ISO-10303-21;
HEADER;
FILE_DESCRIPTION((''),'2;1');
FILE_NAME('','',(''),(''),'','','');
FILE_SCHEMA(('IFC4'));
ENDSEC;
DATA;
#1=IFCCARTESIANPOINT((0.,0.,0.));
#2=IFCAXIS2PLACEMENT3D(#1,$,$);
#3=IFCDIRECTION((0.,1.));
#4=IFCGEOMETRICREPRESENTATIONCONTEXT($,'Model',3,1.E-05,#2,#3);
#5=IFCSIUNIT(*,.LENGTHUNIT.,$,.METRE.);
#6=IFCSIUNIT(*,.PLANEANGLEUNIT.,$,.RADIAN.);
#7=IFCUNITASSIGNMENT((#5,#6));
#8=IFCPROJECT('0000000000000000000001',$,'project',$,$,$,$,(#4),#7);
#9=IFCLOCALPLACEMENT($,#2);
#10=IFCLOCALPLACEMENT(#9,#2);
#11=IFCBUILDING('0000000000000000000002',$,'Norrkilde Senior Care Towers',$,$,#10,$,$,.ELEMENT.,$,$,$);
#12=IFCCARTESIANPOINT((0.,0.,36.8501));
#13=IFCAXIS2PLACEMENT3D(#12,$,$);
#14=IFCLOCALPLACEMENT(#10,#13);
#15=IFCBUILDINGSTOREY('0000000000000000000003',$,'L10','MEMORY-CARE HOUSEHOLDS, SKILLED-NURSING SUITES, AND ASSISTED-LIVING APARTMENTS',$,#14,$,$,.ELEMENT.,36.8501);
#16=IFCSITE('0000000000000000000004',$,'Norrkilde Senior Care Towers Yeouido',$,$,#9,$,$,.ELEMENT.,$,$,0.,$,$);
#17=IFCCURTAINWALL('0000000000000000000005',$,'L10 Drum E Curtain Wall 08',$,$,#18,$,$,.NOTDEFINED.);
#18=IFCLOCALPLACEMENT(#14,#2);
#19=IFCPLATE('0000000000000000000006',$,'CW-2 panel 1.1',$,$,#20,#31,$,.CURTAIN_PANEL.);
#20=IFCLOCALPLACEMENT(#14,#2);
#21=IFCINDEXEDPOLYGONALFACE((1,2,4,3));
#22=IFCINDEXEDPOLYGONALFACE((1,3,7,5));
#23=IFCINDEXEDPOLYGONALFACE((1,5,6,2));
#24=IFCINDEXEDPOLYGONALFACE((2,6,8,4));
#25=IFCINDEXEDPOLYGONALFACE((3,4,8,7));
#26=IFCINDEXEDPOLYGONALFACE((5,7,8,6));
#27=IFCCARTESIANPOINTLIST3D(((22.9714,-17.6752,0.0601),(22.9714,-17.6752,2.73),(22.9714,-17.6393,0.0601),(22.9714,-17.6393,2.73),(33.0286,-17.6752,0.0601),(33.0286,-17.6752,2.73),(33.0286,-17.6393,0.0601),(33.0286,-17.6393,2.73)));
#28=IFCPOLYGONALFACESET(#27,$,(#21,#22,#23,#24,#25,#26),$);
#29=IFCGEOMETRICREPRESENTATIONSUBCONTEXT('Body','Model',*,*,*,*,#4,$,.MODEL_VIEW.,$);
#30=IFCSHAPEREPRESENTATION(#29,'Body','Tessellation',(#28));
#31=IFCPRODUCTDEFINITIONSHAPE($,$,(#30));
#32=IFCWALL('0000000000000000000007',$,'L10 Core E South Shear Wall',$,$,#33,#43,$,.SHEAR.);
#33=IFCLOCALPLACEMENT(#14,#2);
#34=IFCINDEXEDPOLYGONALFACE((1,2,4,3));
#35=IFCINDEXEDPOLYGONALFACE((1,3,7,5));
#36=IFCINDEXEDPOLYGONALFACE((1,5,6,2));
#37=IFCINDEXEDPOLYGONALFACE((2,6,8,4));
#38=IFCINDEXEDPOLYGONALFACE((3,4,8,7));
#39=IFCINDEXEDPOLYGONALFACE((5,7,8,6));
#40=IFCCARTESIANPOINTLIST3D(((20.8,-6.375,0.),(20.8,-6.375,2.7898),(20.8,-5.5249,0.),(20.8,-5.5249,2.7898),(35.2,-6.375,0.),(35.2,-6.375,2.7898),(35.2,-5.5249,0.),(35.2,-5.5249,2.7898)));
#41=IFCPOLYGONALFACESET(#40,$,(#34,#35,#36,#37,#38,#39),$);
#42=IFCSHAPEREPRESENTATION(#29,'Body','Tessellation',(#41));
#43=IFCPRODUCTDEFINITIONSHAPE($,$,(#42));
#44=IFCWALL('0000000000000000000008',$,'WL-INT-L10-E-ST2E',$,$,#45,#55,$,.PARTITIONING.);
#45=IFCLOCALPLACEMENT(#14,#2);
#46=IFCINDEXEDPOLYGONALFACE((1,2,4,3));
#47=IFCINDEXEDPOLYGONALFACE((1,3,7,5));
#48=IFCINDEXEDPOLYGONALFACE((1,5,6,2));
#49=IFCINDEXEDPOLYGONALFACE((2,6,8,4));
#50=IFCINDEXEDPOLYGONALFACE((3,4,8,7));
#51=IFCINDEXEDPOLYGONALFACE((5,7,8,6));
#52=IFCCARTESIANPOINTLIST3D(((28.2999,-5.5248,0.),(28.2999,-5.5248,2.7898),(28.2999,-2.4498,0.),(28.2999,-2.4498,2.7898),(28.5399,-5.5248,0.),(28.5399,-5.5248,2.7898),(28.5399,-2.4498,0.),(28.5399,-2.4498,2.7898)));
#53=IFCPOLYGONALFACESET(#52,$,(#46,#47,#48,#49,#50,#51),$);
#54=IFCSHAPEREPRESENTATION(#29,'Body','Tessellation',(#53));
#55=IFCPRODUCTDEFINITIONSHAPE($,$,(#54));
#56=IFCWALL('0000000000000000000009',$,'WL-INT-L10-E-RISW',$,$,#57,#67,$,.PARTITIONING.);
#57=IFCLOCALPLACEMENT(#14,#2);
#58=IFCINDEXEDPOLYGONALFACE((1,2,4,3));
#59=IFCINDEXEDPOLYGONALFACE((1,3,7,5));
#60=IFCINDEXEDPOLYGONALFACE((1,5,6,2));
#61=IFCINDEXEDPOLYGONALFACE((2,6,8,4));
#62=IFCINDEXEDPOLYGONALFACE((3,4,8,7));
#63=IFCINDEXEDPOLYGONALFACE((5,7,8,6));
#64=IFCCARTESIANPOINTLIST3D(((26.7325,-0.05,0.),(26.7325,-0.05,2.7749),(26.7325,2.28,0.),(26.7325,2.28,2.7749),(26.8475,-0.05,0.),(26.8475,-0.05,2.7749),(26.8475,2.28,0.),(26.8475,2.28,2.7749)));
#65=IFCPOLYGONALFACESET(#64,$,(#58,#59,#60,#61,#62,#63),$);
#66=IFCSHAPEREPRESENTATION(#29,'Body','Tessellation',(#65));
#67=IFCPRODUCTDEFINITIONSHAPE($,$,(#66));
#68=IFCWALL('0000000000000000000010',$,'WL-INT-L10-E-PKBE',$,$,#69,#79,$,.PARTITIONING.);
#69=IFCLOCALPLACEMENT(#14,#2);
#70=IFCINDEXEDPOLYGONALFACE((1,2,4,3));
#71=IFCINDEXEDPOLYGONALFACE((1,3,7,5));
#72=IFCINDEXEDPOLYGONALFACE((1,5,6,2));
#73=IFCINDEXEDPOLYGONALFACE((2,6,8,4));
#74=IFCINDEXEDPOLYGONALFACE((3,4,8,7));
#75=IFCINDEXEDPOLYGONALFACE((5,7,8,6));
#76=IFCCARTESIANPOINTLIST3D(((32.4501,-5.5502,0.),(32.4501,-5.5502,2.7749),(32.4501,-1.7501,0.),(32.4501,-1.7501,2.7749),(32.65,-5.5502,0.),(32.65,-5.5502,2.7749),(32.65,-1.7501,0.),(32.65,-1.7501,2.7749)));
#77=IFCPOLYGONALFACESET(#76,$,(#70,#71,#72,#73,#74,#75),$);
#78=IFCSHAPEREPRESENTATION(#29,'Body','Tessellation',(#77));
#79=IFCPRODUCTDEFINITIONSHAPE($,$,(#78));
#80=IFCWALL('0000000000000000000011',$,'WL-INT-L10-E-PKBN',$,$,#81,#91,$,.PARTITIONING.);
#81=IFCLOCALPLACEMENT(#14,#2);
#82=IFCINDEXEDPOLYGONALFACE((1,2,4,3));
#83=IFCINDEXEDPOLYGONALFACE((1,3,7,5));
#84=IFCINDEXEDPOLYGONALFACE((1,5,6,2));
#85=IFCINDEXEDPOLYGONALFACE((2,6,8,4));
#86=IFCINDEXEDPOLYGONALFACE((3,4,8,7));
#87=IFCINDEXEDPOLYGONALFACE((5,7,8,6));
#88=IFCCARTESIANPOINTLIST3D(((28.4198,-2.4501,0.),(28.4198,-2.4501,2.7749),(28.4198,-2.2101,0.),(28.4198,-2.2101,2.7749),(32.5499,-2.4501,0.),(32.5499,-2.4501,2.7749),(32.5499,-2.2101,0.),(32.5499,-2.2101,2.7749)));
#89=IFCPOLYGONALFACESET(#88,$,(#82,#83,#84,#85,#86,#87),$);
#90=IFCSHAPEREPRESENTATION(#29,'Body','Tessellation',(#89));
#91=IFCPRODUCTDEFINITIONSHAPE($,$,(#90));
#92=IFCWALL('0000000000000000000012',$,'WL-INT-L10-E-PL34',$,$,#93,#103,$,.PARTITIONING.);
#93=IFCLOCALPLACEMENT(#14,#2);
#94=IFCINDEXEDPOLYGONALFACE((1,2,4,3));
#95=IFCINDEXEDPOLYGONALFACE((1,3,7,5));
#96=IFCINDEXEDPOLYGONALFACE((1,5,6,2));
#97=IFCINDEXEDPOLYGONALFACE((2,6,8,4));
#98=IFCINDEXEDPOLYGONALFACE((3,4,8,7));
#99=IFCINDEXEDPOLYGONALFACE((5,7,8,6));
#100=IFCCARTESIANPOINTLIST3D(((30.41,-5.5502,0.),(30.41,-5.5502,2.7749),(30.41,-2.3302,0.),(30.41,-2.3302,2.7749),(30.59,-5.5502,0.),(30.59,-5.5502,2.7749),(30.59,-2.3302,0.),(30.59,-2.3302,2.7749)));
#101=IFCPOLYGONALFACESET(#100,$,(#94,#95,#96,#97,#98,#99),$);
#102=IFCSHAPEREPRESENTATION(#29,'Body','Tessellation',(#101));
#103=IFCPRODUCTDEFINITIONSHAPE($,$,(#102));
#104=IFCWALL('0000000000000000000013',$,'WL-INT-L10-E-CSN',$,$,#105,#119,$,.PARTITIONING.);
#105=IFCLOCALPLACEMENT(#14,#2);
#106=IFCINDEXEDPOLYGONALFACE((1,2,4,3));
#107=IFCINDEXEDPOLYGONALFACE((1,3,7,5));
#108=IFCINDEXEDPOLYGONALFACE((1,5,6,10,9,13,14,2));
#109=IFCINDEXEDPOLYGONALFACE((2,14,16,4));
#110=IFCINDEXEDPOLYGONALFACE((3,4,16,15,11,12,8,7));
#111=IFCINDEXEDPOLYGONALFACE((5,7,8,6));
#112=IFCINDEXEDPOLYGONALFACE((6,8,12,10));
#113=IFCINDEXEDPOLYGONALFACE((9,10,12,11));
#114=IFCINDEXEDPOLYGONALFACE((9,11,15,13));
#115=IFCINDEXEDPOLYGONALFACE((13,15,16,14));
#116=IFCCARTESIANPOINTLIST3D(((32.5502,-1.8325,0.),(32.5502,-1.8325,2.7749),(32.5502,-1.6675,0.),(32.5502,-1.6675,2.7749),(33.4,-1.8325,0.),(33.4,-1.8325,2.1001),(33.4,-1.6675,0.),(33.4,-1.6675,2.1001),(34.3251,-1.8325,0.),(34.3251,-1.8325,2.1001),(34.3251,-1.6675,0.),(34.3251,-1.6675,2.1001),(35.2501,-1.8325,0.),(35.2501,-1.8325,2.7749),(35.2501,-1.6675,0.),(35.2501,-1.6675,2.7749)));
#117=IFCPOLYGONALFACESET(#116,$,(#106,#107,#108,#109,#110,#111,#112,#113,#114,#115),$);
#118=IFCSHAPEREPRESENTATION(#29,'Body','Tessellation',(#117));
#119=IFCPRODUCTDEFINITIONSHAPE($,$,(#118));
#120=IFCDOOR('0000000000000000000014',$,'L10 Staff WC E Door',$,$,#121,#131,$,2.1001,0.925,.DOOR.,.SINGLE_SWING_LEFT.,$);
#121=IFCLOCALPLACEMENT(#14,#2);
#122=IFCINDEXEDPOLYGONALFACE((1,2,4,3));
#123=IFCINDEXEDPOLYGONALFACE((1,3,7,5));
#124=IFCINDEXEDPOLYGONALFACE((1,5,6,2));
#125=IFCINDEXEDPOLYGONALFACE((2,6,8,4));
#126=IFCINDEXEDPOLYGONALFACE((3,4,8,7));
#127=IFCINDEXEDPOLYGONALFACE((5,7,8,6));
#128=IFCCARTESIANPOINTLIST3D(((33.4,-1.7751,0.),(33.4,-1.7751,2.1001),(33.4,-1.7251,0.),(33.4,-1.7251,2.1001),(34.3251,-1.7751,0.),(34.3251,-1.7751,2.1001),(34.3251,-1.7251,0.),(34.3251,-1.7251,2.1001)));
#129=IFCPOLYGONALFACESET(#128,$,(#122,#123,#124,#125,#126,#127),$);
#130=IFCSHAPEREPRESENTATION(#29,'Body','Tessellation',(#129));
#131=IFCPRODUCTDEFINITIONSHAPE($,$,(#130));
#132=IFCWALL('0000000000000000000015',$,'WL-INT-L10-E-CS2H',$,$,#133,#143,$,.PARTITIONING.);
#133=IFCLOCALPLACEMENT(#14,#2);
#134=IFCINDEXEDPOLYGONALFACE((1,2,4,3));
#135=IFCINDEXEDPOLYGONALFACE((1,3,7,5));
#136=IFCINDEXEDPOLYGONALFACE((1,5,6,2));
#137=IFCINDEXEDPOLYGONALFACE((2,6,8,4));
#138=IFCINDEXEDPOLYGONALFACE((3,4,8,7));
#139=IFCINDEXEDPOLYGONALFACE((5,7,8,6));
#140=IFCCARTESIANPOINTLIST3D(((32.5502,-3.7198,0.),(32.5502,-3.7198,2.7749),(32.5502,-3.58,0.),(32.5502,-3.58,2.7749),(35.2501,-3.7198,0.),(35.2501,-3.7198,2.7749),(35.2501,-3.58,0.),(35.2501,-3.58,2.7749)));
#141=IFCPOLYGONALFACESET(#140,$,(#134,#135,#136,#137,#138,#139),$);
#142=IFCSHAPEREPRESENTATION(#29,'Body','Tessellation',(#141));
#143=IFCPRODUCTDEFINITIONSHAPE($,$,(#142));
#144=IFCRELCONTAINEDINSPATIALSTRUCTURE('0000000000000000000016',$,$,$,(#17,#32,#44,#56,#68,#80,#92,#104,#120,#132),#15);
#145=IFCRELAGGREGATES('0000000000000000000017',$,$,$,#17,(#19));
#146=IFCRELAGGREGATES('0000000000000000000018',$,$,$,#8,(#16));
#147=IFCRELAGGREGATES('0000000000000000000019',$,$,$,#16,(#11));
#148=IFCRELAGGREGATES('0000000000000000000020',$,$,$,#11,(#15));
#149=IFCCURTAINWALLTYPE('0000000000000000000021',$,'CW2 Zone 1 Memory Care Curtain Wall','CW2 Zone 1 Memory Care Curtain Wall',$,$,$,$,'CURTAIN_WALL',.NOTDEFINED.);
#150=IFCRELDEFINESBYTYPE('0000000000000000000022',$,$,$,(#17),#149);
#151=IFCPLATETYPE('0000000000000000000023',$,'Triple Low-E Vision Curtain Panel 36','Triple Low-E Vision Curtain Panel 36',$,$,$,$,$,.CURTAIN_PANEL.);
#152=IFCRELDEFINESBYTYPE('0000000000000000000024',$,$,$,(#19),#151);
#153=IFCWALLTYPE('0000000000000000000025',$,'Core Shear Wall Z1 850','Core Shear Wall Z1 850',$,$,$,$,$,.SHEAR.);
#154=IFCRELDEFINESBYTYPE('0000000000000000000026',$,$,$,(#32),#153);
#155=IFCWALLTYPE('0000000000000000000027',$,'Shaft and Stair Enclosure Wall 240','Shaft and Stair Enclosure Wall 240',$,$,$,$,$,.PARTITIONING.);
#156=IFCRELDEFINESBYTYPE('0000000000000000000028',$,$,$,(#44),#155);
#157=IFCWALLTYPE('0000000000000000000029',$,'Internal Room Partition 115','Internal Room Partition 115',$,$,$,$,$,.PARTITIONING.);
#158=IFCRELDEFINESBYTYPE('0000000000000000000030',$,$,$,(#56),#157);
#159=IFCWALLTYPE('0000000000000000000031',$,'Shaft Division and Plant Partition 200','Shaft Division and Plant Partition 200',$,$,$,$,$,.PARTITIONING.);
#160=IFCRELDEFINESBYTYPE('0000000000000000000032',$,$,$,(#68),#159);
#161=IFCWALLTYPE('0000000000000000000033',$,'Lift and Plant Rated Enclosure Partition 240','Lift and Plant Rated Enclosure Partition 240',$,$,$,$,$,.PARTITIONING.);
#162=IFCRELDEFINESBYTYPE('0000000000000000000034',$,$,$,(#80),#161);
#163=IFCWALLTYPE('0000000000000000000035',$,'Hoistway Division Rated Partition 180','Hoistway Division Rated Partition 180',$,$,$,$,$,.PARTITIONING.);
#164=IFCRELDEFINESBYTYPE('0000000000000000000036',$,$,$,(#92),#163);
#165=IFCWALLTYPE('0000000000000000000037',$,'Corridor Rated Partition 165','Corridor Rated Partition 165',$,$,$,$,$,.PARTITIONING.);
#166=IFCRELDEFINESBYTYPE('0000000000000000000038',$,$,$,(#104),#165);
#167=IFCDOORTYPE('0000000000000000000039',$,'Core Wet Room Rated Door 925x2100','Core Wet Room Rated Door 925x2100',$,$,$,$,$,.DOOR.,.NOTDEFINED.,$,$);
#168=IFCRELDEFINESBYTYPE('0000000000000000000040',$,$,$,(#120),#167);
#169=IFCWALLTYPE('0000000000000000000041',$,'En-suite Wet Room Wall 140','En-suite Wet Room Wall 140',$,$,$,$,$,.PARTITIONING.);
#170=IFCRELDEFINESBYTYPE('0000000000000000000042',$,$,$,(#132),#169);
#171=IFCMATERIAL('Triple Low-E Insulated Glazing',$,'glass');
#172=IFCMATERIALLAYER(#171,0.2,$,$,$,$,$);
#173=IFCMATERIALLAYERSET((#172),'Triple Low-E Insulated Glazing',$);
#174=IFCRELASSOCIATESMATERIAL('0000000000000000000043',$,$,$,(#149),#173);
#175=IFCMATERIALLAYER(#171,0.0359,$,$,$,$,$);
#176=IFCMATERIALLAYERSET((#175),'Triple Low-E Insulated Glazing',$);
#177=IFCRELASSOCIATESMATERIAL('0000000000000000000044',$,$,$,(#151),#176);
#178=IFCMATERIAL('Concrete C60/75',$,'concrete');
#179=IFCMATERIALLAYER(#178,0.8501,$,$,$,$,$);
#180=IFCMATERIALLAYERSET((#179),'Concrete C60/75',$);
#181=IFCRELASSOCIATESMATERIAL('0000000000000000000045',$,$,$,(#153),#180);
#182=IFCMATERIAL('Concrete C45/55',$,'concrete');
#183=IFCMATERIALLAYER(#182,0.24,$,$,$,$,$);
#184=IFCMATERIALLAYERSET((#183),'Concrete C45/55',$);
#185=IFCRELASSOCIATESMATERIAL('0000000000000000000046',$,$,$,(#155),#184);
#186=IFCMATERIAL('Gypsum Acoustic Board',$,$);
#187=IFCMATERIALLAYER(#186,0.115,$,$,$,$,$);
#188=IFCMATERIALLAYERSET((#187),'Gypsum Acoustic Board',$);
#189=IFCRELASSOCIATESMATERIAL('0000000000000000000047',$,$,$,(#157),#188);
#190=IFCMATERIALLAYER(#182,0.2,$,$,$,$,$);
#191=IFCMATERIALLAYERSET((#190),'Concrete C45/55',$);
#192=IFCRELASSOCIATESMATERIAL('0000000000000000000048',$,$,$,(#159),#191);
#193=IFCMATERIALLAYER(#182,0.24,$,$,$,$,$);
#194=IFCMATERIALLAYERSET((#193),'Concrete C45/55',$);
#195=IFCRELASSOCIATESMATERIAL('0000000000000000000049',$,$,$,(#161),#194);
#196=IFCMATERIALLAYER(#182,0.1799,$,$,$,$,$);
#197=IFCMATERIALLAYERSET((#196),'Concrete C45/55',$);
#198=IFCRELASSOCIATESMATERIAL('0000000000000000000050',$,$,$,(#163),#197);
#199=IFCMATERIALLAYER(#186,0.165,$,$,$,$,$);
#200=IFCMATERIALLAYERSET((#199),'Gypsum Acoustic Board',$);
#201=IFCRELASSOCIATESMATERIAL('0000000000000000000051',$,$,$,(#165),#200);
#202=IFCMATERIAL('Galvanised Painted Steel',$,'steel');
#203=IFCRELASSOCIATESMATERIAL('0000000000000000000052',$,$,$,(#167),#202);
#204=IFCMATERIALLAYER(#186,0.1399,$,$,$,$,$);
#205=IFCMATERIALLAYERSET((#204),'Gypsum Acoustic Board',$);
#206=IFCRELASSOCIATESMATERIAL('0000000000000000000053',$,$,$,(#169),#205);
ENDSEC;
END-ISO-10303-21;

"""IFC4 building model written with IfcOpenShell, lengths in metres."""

from ifc_helpers import new_model, si_unit, direction, frame, frame_2d, origin, origin_2d, place, context, subcontext, project, spatial, rectangle, extrude, source, transform, mapped, material, layer, layer_set, type_object, type_shapes, element, fill, aggregate, save


model = new_model("IFC4")

# Units and contexts
model_context = context("Model", 3, precision=1e-05, world=origin(), true_north=direction((0.0, 1.0)))
body_context = subcontext(model_context, "Body", "Model", "MODEL_VIEW")
ifc_project = project(units=[si_unit("LENGTHUNIT", "METRE"), si_unit("PLANEANGLEUNIT", "RADIAN")], contexts=[model_context])

# Site, building, storey
site_placement = place(None, origin())
site = spatial("IfcSite", under=ifc_project, at=site_placement, Name="Norrkilde Senior Care Towers Yeouido", CompositionType="ELEMENT", RefElevation=0.0)
building_placement = place(site_placement, origin())
building = spatial("IfcBuilding", under=site, at=building_placement, Name="Norrkilde Senior Care Towers", CompositionType="ELEMENT")
storey_placement = place(building_placement, frame((0.0, 0.0, 36.8501)))
storey = spatial("IfcBuildingStorey", under=building, at=storey_placement, Name="L10", Description="MEMORY-CARE HOUSEHOLDS, SKILLED-NURSING SUITES, AND ASSISTED-LIVING APARTMENTS", CompositionType="ELEMENT", Elevation=36.8501)

# Shared definitions
ifc_material_1 = material(Name="Concrete C60/75", Category="concrete")

# Curtain wall, plate
ifc_material_2 = material(Name="Triple Low-E Insulated Glazing", Category="glass")
ifc_layer_1 = layer(ifc_material_2, 0.2)
ifc_layer_set_1 = layer_set([ifc_layer_1], Name="Triple Low-E Insulated Glazing")
curtain_wall_type = type_object("IfcCurtainWallType", Name="CW2 Zone 1 Memory Care Curtain Wall", Description="CW2 Zone 1 Memory Care Curtain Wall", ElementType="CURTAIN_WALL", PredefinedType="NOTDEFINED", material=ifc_layer_set_1)
curtain_wall_placement = place(storey_placement, origin())
curtain_wall = element("IfcCurtainWall", 1, at=curtain_wall_placement, inside=storey, type_object=curtain_wall_type, Name="L10 Drum E Curtain Wall 08", PredefinedType="NOTDEFINED")
ifc_layer_2 = layer(ifc_material_2, 0.0359)
ifc_layer_set_2 = layer_set([ifc_layer_2], Name="Triple Low-E Insulated Glazing")
plate_type = type_object("IfcPlateType", Name="Triple Low-E Vision Curtain Panel 36", Description="Triple Low-E Vision Curtain Panel 36", PredefinedType="CURTAIN_PANEL", material=ifc_layer_set_2)
shared_shape_1 = source(origin(), body_context, "Body", "SweptSolid", [
    extrude(rectangle(XDim=10.0571, YDim=0.0359, at=origin_2d()), origin(), (0.0, 0.0, 1.0), 2.6699),
])
type_shapes(plate_type, [shared_shape_1])
plate_placement = place(storey_placement, frame((28.0, -17.6572, 0.0601), z_axis=(0.0, 0.0, 1.0), x_axis=(-1.0, 0.0, 0.0)))
plate = element("IfcPlate", 2, at=plate_placement, type_object=plate_type, Name="CW-2 panel 1.1", PredefinedType="CURTAIN_PANEL", context=body_context, shape_type="MappedRepresentation", body=[
    mapped(shared_shape_1, transform((0.0, 0.0, 0.0), x_axis=(1.0, 0.0, 0.0), y_axis=(0.0, 1.0, 0.0), z_axis=(0.0, 0.0, 1.0), scale=1.0)),
])
aggregate(curtain_wall, [plate])

# Walls
ifc_layer_3 = layer(ifc_material_1, 0.8501)
ifc_layer_set_3 = layer_set([ifc_layer_3], Name="Concrete C60/75")
wall_type_1 = type_object("IfcWallType", Name="Core Shear Wall Z1 850", Description="Core Shear Wall Z1 850", PredefinedType="SHEAR", material=ifc_layer_set_3)
shared_shape_2 = source(origin(), body_context, "Body", "SweptSolid", [
    extrude(rectangle(XDim=14.3999, YDim=0.8501, at=frame_2d((7.2, 0.0))), origin(), (0.0, 0.0, 1.0), 2.7898),
])
type_shapes(wall_type_1, [shared_shape_2])
wall_1_placement = place(storey_placement, frame((35.2, -5.95, 0.0), z_axis=(0.0, 0.0, 1.0), x_axis=(-1.0, 0.0, 0.0)))
element("IfcWall", 3, at=wall_1_placement, inside=storey, type_object=wall_type_1, Name="L10 Core E South Shear Wall", PredefinedType="SHEAR", context=body_context, shape_type="MappedRepresentation", body=[
    mapped(shared_shape_2, transform((0.0, 0.0, 0.0), x_axis=(1.0, 0.0, 0.0), y_axis=(0.0, 1.0, 0.0), z_axis=(0.0, 0.0, 1.0), scale=1.0)),
])
ifc_material_3 = material(Name="Concrete C45/55", Category="concrete")
ifc_layer_4 = layer(ifc_material_3, 0.24)
ifc_layer_set_4 = layer_set([ifc_layer_4], Name="Concrete C45/55")
wall_type_2 = type_object("IfcWallType", Name="Shaft and Stair Enclosure Wall 240", Description="Shaft and Stair Enclosure Wall 240", PredefinedType="PARTITIONING", material=ifc_layer_set_4)
shared_shape_3 = source(origin(), body_context, "Body", "SweptSolid", [
    extrude(rectangle(XDim=3.075, YDim=0.24, at=frame_2d((1.5376, 0.0))), origin(), (0.0, 0.0, 1.0), 2.7898),
])
type_shapes(wall_type_2, [shared_shape_3])
wall_2_placement = place(storey_placement, frame((28.4199, -5.5249, 0.0), z_axis=(0.0, 0.0, 1.0), x_axis=(0.0, 1.0, 0.0)))
element("IfcWall", 4, at=wall_2_placement, inside=storey, type_object=wall_type_2, Name="WL-INT-L10-E-ST2E", PredefinedType="PARTITIONING", context=body_context, shape_type="MappedRepresentation", body=[
    mapped(shared_shape_3, transform((0.0, 0.0, 0.0), x_axis=(1.0, 0.0, 0.0), y_axis=(0.0, 1.0, 0.0), z_axis=(0.0, 0.0, 1.0), scale=1.0)),
])
ifc_material_4 = material(Name="Gypsum Acoustic Board")
ifc_layer_5 = layer(ifc_material_4, 0.115)
ifc_layer_set_5 = layer_set([ifc_layer_5], Name="Gypsum Acoustic Board")
wall_type_3 = type_object("IfcWallType", Name="Internal Room Partition 115", Description="Internal Room Partition 115", PredefinedType="PARTITIONING", material=ifc_layer_set_5)
shared_shape_4 = source(origin(), body_context, "Body", "SweptSolid", [
    extrude(rectangle(XDim=2.3301, YDim=0.115, at=frame_2d((1.165, 0.0))), origin(), (0.0, 0.0, 1.0), 2.7749),
])
wall_3_placement = place(storey_placement, frame((26.79, -0.05, 0.0), z_axis=(0.0, 0.0, 1.0), x_axis=(0.0, 1.0, 0.0)))
element("IfcWall", 5, at=wall_3_placement, inside=storey, type_object=wall_type_3, Name="WL-INT-L10-E-RISW", PredefinedType="PARTITIONING", context=body_context, shape_type="MappedRepresentation", body=[
    mapped(shared_shape_4, transform((0.0, 0.0, 0.0), x_axis=(1.0, 0.0, 0.0), y_axis=(0.0, 1.0, 0.0), z_axis=(0.0, 0.0, 1.0), scale=1.0)),
])
ifc_layer_6 = layer(ifc_material_3, 0.2)
ifc_layer_set_6 = layer_set([ifc_layer_6], Name="Concrete C45/55")
wall_type_4 = type_object("IfcWallType", Name="Shaft Division and Plant Partition 200", Description="Shaft Division and Plant Partition 200", PredefinedType="PARTITIONING", material=ifc_layer_set_6)
shared_shape_5 = source(origin(), body_context, "Body", "SweptSolid", [
    extrude(rectangle(XDim=3.8, YDim=0.2, at=frame_2d((1.8999, 0.0))), origin(), (0.0, 0.0, 1.0), 2.7749),
])
type_shapes(wall_type_4, [shared_shape_5])
wall_4_placement = place(storey_placement, frame((32.55, -5.55, 0.0), z_axis=(0.0, 0.0, 1.0), x_axis=(0.0, 1.0, 0.0)))
element("IfcWall", 6, at=wall_4_placement, inside=storey, type_object=wall_type_4, Name="WL-INT-L10-E-PKBE", PredefinedType="PARTITIONING", context=body_context, shape_type="MappedRepresentation", body=[
    mapped(shared_shape_5, transform((0.0, 0.0, 0.0), x_axis=(1.0, 0.0, 0.0), y_axis=(0.0, 1.0, 0.0), z_axis=(0.0, 0.0, 1.0), scale=1.0)),
])
ifc_layer_7 = layer(ifc_material_3, 0.24)
ifc_layer_set_7 = layer_set([ifc_layer_7], Name="Concrete C45/55")
wall_type_5 = type_object("IfcWallType", Name="Lift and Plant Rated Enclosure Partition 240", Description="Lift and Plant Rated Enclosure Partition 240", PredefinedType="PARTITIONING", material=ifc_layer_set_7)
shared_shape_6 = source(origin(), body_context, "Body", "SweptSolid", [
    extrude(rectangle(XDim=4.1301, YDim=0.24, at=frame_2d((2.0649, 0.0))), origin(), (0.0, 0.0, 1.0), 2.7749),
])
type_shapes(wall_type_5, [shared_shape_6])
wall_5_placement = place(storey_placement, frame((28.4199, -2.3301, 0.0), z_axis=(0.0, 0.0, 1.0), x_axis=(1.0, 0.0, 0.0)))
element("IfcWall", 7, at=wall_5_placement, inside=storey, type_object=wall_type_5, Name="WL-INT-L10-E-PKBN", PredefinedType="PARTITIONING", context=body_context, shape_type="MappedRepresentation", body=[
    mapped(shared_shape_6, transform((0.0, 0.0, 0.0), x_axis=(1.0, 0.0, 0.0), y_axis=(0.0, 1.0, 0.0), z_axis=(0.0, 0.0, 1.0), scale=1.0)),
])
ifc_layer_8 = layer(ifc_material_3, 0.1799)
ifc_layer_set_8 = layer_set([ifc_layer_8], Name="Concrete C45/55")
wall_type_6 = type_object("IfcWallType", Name="Hoistway Division Rated Partition 180", Description="Hoistway Division Rated Partition 180", PredefinedType="PARTITIONING", material=ifc_layer_set_8)
shared_shape_7 = source(origin(), body_context, "Body", "SweptSolid", [
    extrude(rectangle(XDim=3.22, YDim=0.1799, at=frame_2d((1.6099, 0.0))), origin(), (0.0, 0.0, 1.0), 2.7749),
])
type_shapes(wall_type_6, [shared_shape_7])
wall_6_placement = place(storey_placement, frame((30.5, -5.55, 0.0), z_axis=(0.0, 0.0, 1.0), x_axis=(0.0, 1.0, 0.0)))
element("IfcWall", 8, at=wall_6_placement, inside=storey, type_object=wall_type_6, Name="WL-INT-L10-E-PL34", PredefinedType="PARTITIONING", context=body_context, shape_type="MappedRepresentation", body=[
    mapped(shared_shape_7, transform((0.0, 0.0, 0.0), x_axis=(1.0, 0.0, 0.0), y_axis=(0.0, 1.0, 0.0), z_axis=(0.0, 0.0, 1.0), scale=1.0)),
])

# Wall, opening, door
ifc_layer_9 = layer(ifc_material_4, 0.165)
ifc_layer_set_9 = layer_set([ifc_layer_9], Name="Gypsum Acoustic Board")
wall_type_7 = type_object("IfcWallType", Name="Corridor Rated Partition 165", Description="Corridor Rated Partition 165", PredefinedType="PARTITIONING", material=ifc_layer_set_9)
shared_shape_8 = source(origin(), body_context, "Body", "SweptSolid", [
    extrude(rectangle(XDim=2.7, YDim=0.165, at=frame_2d((1.3501, 0.0))), origin(), (0.0, 0.0, 1.0), 2.7749),
])
type_shapes(wall_type_7, [shared_shape_8])
wall_7_placement = place(storey_placement, frame((32.55, -1.75, 0.0), z_axis=(0.0, 0.0, 1.0), x_axis=(1.0, 0.0, 0.0)))
wall_7 = element("IfcWall", 9, at=wall_7_placement, inside=storey, type_object=wall_type_7, Name="WL-INT-L10-E-CSN", PredefinedType="PARTITIONING", context=body_context, shape_type="MappedRepresentation", body=[
    mapped(shared_shape_8, transform((0.0, 0.0, 0.0), x_axis=(1.0, 0.0, 0.0), y_axis=(0.0, 1.0, 0.0), z_axis=(0.0, 0.0, 1.0), scale=1.0)),
])
opening_1_placement = place(wall_7_placement, frame((0.8501, 0.0, 0.0)))
opening_1 = element("IfcOpeningElement", 10, at=opening_1_placement, cuts=wall_7, PredefinedType="OPENING", context=body_context, shape_type="SweptSolid", body=[
    extrude(rectangle(XDim=0.925, YDim=2.1001, at=frame_2d((0.4624, 1.05))), frame((0.0, 0.0925, 0.0), z_axis=(0.0, -1.0, 0.0), x_axis=(1.0, 0.0, 0.0)), (0.0, 0.0, 1.0), 0.1851),
])
ifc_material_5 = material(Name="Galvanised Painted Steel", Category="steel")
door_type_1 = type_object("IfcDoorType", Name="Core Wet Room Rated Door 925x2100", Description="Core Wet Room Rated Door 925x2100", OperationType="NOTDEFINED", PredefinedType="DOOR", material=ifc_material_5)
shared_shape_9 = source(origin(), body_context, "Body", "SweptSolid", [
    extrude(rectangle(XDim=0.925, YDim=2.1001, at=frame_2d((0.4624, 1.05))), frame((0.0, 0.0249, 0.0), z_axis=(0.0, -1.0, 0.0), x_axis=(1.0, 0.0, 0.0)), (0.0, 0.0, 1.0), 0.05),
])
type_shapes(door_type_1, [shared_shape_9])
door_1_placement = place(opening_1_placement, origin())
door_1 = element("IfcDoor", 11, at=door_1_placement, inside=storey, type_object=door_type_1, Name="L10 Staff WC E Door", OperationType="SINGLE_SWING_LEFT", OverallHeight=2.1001, OverallWidth=0.925, PredefinedType="DOOR", context=body_context, shape_type="MappedRepresentation", body=[
    mapped(shared_shape_9, transform((0.0, 0.0, 0.0), x_axis=(1.0, 0.0, 0.0), y_axis=(0.0, 1.0, 0.0), z_axis=(0.0, 0.0, 1.0), scale=1.0)),
])
fill(opening_1, door_1)

# Wall
ifc_layer_10 = layer(ifc_material_4, 0.1399)
ifc_layer_set_10 = layer_set([ifc_layer_10], Name="Gypsum Acoustic Board")
wall_type_8 = type_object("IfcWallType", Name="En-suite Wet Room Wall 140", Description="En-suite Wet Room Wall 140", PredefinedType="PARTITIONING", material=ifc_layer_set_10)
shared_shape_10 = source(origin(), body_context, "Body", "SweptSolid", [
    extrude(rectangle(XDim=2.7, YDim=0.1399, at=frame_2d((1.3501, 0.0))), origin(), (0.0, 0.0, 1.0), 2.7749),
])
type_shapes(wall_type_8, [shared_shape_10])
wall_8_placement = place(storey_placement, frame((32.55, -3.6499, 0.0), z_axis=(0.0, 0.0, 1.0), x_axis=(1.0, 0.0, 0.0)))
element("IfcWall", 12, at=wall_8_placement, inside=storey, type_object=wall_type_8, Name="WL-INT-L10-E-CS2H", PredefinedType="PARTITIONING", context=body_context, shape_type="MappedRepresentation", body=[
    mapped(shared_shape_10, transform((0.0, 0.0, 0.0), x_axis=(1.0, 0.0, 0.0), y_axis=(0.0, 1.0, 0.0), z_axis=(0.0, 0.0, 1.0), scale=1.0)),
])

save(model, "model.ifc")
